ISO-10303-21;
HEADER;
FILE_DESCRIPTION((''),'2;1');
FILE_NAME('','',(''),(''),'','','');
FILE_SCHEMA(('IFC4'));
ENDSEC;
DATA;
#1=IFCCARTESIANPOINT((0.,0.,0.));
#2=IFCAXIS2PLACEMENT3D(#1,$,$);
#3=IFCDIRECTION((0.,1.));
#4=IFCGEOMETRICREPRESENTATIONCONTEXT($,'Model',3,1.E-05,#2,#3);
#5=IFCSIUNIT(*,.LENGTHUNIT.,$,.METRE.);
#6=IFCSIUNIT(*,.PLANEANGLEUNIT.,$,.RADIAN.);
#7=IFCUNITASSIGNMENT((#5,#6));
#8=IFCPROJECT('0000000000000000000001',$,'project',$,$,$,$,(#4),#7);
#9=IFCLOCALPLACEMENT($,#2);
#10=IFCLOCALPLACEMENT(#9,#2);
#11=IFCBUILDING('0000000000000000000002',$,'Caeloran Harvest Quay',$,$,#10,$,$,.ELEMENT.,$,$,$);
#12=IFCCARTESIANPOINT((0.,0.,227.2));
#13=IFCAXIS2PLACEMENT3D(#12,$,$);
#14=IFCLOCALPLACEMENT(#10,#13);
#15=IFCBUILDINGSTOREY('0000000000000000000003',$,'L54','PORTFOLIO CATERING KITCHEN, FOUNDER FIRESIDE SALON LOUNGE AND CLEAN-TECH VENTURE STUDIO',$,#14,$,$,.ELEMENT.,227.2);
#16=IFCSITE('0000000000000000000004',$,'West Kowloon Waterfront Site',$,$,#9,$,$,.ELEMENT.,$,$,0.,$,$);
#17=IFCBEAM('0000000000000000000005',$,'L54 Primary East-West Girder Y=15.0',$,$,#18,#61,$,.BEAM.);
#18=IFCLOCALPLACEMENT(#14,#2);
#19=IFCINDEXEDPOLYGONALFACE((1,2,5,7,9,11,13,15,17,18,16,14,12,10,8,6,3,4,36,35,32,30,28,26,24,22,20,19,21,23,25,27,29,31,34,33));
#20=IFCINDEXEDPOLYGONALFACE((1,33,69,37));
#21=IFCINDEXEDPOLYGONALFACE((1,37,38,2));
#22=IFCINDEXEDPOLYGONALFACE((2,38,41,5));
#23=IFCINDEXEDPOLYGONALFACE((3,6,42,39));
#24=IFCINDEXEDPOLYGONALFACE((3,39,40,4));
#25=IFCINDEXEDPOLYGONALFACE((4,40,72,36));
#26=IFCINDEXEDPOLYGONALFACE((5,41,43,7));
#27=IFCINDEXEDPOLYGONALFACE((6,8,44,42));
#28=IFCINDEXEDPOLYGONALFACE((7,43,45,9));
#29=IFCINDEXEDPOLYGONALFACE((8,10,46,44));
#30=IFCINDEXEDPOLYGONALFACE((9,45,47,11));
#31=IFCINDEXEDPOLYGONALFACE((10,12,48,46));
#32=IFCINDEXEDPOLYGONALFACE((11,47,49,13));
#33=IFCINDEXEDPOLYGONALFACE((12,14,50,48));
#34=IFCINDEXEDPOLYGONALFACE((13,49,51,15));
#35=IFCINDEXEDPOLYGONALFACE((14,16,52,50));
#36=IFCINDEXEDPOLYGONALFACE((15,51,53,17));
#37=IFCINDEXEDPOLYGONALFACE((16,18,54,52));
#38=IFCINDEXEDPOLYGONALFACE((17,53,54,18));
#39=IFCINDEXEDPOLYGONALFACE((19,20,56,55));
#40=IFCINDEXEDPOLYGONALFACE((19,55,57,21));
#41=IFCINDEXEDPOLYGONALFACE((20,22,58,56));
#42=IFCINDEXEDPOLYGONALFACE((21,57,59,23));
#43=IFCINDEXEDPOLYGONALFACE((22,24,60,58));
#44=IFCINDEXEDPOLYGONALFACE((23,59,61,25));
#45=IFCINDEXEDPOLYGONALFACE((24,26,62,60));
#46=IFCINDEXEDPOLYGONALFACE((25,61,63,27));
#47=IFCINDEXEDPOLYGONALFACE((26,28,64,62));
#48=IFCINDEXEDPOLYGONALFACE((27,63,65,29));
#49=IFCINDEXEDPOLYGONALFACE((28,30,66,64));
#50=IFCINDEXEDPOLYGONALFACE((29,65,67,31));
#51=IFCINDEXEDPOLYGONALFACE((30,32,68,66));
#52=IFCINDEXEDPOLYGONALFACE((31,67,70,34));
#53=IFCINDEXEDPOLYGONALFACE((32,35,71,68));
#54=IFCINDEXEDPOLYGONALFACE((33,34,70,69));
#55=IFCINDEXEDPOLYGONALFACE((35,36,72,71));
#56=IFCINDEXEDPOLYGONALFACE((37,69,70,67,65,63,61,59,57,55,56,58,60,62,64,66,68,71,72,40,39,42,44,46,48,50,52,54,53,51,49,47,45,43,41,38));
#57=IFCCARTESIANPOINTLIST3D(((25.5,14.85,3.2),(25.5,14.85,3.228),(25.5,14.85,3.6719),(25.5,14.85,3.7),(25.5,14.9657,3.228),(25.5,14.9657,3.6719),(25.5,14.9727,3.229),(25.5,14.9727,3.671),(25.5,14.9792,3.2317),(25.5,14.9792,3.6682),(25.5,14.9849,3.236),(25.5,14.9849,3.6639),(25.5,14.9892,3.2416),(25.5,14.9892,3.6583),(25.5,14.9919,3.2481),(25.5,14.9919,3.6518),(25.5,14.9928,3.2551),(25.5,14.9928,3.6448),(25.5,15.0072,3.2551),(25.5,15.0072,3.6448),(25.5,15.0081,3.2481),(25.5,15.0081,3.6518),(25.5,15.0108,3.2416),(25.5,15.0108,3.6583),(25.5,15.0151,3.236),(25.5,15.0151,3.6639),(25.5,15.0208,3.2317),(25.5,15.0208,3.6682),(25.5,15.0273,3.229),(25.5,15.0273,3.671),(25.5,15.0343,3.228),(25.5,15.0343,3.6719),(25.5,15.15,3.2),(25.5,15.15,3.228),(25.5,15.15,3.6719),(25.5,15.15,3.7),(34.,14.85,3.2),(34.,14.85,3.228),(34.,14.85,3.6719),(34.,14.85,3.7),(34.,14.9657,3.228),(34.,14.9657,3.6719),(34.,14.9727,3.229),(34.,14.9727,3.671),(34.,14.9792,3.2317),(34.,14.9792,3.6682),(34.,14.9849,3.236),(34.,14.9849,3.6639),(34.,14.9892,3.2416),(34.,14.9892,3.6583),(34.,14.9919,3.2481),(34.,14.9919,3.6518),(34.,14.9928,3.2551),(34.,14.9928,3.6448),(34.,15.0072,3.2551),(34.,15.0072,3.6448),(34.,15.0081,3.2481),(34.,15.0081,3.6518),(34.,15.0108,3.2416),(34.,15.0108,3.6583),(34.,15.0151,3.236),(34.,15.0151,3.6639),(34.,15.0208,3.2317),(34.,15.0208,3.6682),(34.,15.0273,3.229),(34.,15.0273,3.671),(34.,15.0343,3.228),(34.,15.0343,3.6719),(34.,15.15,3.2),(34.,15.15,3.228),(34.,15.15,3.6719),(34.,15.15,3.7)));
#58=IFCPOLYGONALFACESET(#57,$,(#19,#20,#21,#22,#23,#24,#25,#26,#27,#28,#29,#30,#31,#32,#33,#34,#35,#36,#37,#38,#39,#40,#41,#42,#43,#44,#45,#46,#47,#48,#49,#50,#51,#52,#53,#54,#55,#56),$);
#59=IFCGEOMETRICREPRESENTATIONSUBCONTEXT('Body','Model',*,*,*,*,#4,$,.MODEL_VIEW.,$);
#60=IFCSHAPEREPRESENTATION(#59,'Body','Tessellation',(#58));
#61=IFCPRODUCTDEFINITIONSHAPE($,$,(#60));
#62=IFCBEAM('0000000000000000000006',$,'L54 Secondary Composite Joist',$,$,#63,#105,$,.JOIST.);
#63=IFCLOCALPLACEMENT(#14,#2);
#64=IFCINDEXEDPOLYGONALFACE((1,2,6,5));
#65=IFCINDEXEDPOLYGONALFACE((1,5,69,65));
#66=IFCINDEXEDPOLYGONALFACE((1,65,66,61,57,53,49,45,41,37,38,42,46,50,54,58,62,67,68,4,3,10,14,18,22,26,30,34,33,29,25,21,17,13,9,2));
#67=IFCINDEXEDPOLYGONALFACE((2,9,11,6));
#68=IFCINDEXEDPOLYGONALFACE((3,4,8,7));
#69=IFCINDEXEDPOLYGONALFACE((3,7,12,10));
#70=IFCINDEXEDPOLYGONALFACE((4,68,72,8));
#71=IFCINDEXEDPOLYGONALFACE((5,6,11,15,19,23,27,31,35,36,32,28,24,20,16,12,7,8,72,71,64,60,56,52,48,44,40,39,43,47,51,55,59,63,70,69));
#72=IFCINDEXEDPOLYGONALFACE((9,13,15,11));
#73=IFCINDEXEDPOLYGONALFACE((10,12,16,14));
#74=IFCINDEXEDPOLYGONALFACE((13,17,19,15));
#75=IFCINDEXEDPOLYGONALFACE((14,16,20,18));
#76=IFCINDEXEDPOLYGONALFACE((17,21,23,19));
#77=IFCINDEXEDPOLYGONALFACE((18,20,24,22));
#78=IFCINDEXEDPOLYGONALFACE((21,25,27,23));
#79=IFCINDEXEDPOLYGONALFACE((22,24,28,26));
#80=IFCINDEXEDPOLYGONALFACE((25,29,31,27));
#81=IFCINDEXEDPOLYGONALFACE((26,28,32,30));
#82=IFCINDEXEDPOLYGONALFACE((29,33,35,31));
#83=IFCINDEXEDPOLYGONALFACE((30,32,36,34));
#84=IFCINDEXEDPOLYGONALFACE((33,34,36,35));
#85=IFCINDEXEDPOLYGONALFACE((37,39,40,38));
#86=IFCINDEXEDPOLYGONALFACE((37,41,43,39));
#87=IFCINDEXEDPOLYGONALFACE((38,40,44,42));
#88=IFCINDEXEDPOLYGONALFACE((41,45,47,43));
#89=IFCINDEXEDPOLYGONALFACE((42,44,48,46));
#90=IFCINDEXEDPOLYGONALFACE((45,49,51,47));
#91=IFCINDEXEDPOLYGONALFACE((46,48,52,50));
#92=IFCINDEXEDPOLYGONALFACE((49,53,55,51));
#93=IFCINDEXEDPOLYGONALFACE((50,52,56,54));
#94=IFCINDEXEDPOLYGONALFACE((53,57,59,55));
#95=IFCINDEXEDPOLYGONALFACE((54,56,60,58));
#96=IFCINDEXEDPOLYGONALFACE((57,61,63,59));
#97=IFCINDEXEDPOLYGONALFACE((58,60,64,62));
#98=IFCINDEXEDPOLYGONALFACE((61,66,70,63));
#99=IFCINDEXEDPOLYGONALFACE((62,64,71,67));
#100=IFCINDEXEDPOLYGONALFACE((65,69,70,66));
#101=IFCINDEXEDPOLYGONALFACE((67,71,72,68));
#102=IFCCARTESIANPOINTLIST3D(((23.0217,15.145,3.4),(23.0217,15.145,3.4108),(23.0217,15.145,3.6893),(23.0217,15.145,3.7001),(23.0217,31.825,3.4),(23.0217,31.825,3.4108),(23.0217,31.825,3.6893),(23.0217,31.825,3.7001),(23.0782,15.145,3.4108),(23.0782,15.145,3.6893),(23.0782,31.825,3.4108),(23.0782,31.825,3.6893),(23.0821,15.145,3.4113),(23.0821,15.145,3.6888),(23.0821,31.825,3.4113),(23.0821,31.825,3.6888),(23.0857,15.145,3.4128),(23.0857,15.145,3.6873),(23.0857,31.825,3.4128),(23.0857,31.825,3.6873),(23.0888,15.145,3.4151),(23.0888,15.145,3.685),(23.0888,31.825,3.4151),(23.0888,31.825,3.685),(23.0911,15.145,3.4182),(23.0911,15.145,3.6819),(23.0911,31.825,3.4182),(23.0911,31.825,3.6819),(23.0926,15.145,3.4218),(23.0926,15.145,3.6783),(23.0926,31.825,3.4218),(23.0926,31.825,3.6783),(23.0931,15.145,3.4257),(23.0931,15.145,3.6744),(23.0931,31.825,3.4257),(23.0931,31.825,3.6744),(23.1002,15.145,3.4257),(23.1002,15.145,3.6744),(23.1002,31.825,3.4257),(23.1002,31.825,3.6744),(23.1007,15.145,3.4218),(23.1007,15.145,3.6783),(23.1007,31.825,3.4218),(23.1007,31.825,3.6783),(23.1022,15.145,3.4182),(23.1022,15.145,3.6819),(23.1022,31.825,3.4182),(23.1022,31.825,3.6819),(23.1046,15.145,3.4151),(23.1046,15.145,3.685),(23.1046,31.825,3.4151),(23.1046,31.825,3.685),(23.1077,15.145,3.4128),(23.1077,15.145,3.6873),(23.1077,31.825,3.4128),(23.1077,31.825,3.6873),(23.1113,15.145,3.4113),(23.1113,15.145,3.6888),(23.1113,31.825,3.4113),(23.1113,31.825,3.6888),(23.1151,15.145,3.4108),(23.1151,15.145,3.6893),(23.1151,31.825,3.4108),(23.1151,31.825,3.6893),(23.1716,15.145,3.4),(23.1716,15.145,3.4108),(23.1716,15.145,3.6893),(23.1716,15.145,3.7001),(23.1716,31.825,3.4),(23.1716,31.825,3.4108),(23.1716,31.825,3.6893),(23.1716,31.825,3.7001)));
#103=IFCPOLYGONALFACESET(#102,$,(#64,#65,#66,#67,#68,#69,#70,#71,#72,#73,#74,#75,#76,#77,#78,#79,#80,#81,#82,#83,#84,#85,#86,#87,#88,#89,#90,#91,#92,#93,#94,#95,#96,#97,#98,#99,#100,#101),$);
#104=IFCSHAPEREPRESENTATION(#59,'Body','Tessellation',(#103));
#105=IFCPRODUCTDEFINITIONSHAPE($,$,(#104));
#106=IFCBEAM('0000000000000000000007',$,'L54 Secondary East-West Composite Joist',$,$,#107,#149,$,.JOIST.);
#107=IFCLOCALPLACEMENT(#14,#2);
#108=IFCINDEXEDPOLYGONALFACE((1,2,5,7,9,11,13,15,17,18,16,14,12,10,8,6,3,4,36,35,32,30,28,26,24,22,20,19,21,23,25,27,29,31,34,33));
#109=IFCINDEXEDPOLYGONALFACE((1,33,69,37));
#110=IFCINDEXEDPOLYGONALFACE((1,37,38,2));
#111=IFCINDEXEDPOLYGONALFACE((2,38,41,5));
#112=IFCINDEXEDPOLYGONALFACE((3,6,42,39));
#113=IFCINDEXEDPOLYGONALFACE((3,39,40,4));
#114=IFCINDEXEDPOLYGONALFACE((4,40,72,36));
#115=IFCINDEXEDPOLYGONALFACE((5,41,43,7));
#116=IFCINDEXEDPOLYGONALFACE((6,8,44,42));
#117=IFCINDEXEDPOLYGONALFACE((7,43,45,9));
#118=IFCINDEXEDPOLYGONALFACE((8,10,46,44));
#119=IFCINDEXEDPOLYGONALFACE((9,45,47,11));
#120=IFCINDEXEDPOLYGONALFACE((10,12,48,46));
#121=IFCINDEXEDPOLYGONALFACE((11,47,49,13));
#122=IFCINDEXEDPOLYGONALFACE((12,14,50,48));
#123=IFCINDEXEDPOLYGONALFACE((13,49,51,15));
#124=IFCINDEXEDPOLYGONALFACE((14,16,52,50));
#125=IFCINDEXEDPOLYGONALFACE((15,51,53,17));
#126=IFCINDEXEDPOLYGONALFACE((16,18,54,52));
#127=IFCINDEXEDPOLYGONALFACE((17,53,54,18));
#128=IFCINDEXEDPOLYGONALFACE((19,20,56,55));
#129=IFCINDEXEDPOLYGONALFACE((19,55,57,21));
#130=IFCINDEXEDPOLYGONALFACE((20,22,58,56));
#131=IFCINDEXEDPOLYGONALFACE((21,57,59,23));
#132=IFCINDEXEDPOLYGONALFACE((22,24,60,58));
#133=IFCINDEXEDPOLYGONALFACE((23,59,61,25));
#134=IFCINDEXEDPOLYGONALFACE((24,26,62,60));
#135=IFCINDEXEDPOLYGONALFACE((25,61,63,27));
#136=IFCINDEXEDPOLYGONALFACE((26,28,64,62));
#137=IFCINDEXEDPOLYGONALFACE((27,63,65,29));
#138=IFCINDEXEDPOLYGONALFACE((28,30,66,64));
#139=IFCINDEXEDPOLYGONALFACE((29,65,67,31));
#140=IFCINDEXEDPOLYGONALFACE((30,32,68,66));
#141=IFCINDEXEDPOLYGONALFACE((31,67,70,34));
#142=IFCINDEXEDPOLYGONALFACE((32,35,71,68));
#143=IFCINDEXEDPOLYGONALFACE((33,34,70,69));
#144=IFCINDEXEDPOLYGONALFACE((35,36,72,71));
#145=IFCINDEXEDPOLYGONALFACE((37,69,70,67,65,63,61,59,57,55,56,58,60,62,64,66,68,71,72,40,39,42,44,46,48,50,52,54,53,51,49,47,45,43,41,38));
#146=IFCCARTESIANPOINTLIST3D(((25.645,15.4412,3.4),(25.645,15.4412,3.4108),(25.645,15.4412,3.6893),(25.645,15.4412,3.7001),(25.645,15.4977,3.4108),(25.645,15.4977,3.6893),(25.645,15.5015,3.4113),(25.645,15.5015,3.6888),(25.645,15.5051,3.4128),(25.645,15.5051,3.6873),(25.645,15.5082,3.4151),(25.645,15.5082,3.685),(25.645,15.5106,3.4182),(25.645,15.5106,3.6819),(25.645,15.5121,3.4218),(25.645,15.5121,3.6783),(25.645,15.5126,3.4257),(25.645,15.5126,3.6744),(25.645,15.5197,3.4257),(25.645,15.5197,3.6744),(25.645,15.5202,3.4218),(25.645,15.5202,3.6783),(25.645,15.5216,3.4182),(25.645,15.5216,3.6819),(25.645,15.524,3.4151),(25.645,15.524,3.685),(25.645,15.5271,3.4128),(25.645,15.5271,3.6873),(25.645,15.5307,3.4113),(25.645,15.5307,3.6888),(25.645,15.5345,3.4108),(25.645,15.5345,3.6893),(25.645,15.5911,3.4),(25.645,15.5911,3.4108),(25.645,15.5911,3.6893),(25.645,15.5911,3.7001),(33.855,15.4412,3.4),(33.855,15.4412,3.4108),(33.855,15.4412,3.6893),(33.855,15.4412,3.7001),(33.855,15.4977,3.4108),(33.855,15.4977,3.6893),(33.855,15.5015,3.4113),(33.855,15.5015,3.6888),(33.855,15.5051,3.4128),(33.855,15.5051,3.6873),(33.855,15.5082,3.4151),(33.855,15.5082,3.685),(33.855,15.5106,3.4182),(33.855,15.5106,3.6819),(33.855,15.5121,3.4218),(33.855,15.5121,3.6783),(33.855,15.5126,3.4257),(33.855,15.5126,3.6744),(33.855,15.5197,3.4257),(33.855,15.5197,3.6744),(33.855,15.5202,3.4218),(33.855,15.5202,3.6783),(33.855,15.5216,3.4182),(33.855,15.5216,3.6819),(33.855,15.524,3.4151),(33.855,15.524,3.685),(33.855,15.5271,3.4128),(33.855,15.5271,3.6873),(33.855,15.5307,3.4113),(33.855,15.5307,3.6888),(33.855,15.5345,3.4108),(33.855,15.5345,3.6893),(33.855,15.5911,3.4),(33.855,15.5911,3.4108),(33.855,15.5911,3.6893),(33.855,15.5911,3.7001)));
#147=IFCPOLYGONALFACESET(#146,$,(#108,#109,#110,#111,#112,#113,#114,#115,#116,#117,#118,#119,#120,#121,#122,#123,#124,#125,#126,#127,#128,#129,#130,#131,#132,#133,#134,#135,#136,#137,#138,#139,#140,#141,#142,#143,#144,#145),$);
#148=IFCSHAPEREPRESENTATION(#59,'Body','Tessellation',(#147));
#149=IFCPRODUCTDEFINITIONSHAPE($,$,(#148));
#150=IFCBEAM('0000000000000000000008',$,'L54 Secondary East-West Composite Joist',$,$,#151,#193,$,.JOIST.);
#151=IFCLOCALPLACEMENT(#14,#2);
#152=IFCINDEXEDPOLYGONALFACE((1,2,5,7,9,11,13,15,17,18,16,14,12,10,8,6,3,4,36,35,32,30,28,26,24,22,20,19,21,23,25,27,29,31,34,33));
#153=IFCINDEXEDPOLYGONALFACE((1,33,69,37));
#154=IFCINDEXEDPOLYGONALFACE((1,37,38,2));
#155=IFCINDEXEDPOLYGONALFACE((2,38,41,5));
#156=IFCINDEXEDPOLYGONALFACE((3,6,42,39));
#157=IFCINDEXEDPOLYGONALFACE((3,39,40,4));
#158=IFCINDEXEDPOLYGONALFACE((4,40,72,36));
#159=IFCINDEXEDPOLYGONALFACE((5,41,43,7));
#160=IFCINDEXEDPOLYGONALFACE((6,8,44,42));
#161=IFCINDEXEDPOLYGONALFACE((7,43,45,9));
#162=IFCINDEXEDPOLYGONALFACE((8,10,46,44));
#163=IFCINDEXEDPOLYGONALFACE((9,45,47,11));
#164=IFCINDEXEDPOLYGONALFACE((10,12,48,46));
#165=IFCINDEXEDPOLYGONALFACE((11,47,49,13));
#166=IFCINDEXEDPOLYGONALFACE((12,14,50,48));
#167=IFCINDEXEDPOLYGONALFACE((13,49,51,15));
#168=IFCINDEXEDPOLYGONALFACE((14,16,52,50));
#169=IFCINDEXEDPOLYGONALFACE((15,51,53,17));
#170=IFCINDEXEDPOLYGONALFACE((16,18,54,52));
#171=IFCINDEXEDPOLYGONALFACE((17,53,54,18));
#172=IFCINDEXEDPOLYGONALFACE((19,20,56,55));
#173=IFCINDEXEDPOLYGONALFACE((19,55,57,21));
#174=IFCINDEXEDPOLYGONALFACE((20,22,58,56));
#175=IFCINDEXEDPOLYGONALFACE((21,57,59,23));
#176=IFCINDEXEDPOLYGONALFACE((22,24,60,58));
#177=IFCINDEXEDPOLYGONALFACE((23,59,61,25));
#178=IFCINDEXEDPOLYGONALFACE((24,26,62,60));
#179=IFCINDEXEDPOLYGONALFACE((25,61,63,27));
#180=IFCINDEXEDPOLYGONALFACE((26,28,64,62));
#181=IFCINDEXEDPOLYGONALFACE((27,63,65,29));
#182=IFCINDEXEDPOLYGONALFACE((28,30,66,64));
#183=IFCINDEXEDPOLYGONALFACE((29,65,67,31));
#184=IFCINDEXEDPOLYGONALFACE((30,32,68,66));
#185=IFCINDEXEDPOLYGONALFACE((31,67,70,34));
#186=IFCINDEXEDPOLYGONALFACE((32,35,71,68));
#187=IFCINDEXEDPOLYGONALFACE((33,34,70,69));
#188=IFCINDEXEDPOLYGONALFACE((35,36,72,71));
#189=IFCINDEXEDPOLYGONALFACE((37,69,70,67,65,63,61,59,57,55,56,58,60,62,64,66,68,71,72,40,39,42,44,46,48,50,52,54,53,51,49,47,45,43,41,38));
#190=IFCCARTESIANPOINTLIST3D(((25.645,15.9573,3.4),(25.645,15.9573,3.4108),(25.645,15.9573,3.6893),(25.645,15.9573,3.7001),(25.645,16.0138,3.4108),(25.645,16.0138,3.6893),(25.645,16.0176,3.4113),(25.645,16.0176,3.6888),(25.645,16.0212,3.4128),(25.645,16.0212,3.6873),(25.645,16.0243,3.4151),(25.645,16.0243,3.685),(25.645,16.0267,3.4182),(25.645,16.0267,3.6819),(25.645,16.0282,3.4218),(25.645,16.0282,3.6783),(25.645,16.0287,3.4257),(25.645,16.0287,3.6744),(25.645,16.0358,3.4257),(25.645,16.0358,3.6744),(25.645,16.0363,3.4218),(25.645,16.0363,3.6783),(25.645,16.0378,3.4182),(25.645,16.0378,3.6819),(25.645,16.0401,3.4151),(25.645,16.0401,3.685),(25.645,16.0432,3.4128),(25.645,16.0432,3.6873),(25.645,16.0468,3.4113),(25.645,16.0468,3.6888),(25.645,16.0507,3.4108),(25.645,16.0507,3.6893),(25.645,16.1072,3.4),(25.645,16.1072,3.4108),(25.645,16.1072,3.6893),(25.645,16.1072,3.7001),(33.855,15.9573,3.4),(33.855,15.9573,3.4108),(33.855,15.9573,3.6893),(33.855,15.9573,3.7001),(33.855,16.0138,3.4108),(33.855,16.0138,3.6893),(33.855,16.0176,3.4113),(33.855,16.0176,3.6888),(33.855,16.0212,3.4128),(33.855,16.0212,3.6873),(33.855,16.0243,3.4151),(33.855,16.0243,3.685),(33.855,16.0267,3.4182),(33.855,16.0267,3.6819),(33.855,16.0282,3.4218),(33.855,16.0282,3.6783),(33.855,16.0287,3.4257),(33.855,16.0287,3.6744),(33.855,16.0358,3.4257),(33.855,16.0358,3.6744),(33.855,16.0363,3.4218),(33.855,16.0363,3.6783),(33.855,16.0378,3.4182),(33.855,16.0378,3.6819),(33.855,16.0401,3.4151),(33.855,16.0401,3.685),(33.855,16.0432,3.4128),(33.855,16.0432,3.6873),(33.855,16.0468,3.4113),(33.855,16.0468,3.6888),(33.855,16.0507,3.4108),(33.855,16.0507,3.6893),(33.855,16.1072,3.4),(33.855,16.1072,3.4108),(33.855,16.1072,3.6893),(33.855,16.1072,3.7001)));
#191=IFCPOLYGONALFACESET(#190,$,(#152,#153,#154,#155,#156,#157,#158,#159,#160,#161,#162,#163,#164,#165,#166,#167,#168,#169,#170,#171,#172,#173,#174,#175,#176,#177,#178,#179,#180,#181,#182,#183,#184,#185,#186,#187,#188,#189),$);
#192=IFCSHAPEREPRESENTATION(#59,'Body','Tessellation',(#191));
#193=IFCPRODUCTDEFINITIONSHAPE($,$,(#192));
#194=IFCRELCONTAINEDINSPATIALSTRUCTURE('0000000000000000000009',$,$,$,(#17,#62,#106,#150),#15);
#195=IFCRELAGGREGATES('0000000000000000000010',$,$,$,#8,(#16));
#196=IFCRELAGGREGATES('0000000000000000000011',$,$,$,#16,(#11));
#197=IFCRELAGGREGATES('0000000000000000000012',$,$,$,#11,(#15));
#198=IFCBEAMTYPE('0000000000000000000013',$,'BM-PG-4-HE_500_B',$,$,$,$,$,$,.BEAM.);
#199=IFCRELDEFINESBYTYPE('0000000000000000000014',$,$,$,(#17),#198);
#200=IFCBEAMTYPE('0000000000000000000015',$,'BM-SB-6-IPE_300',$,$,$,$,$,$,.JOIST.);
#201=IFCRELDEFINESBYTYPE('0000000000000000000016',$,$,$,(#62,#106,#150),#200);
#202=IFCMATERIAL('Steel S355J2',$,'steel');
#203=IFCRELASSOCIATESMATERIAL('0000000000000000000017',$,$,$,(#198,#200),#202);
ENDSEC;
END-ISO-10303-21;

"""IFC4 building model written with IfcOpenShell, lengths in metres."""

from ifc_helpers import new_model, si_unit, direction, frame, origin, origin_2d, place, context, subcontext, project, spatial, i_section, extrude, material, material_profile, profile_set, type_object, element, save


model = new_model("IFC4")

# Units and contexts
model_context = context("Model", 3, precision=1e-05, world=origin(), true_north=direction((0.0, 1.0)))
body_context = subcontext(model_context, "Body", "Model", "MODEL_VIEW")
ifc_project = project(units=[si_unit("LENGTHUNIT", "METRE"), si_unit("PLANEANGLEUNIT", "RADIAN")], contexts=[model_context])

# Site, building, storey
site_placement = place(None, origin())
site = spatial("IfcSite", under=ifc_project, at=site_placement, Name="West Kowloon Waterfront Site", CompositionType="ELEMENT", RefElevation=0.0)
building_placement = place(site_placement, origin())
building = spatial("IfcBuilding", under=site, at=building_placement, Name="Caeloran Harvest Quay", CompositionType="ELEMENT")
storey_placement = place(building_placement, frame((0.0, 0.0, 227.2)))
storey = spatial("IfcBuildingStorey", under=building, at=storey_placement, Name="L54", Description="PORTFOLIO CATERING KITCHEN, FOUNDER FIRESIDE SALON LOUNGE AND CLEAN-TECH VENTURE STUDIO", CompositionType="ELEMENT", Elevation=227.2)

# Beams
ifc_material_1 = material(Name="Steel S355J2", Category="steel")
ifc_material_profile_1 = material_profile(ifc_material_1, i_section(OverallWidth=0.3, OverallDepth=0.5, WebThickness=0.0144, FlangeThickness=0.0281, FilletRadius=0.0271, at=origin_2d()), Name="HE 500 B")
ifc_profile_set_1 = profile_set([ifc_material_profile_1], Name="Steel S355J2")
beam_type_1 = type_object("IfcBeamType", Name="BM-PG-4-HE_500_B", PredefinedType="BEAM", material=ifc_profile_set_1)
beam_1_placement = place(storey_placement, frame((25.5, 15.0, 3.45), z_axis=(1.0, 0.0, 0.0), x_axis=(0.0, 1.0, 0.0)))
element("IfcBeam", 1, at=beam_1_placement, inside=storey, type_object=beam_type_1, Name="L54 Primary East-West Girder Y=15.0", PredefinedType="BEAM", context=body_context, shape_type="SweptSolid", body=[
    extrude(i_section(OverallWidth=0.3, OverallDepth=0.5, WebThickness=0.0144, FlangeThickness=0.0281, FilletRadius=0.0271, at=origin_2d()), origin(), (0.0, 0.0, 1.0), 8.5),
])
ifc_material_profile_2 = material_profile(ifc_material_1, i_section(OverallWidth=0.1499, OverallDepth=0.3, WebThickness=0.0071, FlangeThickness=0.0107, FilletRadius=0.0149, at=origin_2d()), Name="IPE 300")
ifc_profile_set_2 = profile_set([ifc_material_profile_2], Name="Steel S355J2")
beam_type_2 = type_object("IfcBeamType", Name="BM-SB-6-IPE_300", PredefinedType="JOIST", material=ifc_profile_set_2)
beam_2_placement = place(storey_placement, frame((23.0967, 15.145, 3.55), z_axis=(0.0, 1.0, 0.0), x_axis=(-1.0, 0.0, 0.0)))
element("IfcBeam", 2, at=beam_2_placement, inside=storey, type_object=beam_type_2, Name="L54 Secondary Composite Joist", PredefinedType="JOIST", context=body_context, shape_type="SweptSolid", body=[
    extrude(i_section(OverallWidth=0.1499, OverallDepth=0.3, WebThickness=0.0071, FlangeThickness=0.0107, FilletRadius=0.0149, at=origin_2d()), origin(), (0.0, 0.0, 1.0), 16.6799),
])
for number, where, z_axis, x_axis, name in (
    (3, (25.645, 15.5161, 3.55), (1.0, 0.0, 0.0), (0.0, 1.0, 0.0), "L54 Secondary East-West Composite Joist"),
    (4, (25.645, 16.0322, 3.55), (1.0, 0.0, 0.0), (0.0, 1.0, 0.0), "L54 Secondary East-West Composite Joist"),
):
    element("IfcBeam", number, at=place(storey_placement, frame(where, z_axis=z_axis, x_axis=x_axis)), inside=storey, type_object=beam_type_2, Name=name, PredefinedType="JOIST", context=body_context, shape_type="SweptSolid", body=[
        extrude(i_section(OverallWidth=0.1499, OverallDepth=0.3, WebThickness=0.0071, FlangeThickness=0.0107, FilletRadius=0.0149, at=origin_2d()), origin(), (0.0, 0.0, 1.0), 8.21),
    ])

save(model, "model.ifc")
